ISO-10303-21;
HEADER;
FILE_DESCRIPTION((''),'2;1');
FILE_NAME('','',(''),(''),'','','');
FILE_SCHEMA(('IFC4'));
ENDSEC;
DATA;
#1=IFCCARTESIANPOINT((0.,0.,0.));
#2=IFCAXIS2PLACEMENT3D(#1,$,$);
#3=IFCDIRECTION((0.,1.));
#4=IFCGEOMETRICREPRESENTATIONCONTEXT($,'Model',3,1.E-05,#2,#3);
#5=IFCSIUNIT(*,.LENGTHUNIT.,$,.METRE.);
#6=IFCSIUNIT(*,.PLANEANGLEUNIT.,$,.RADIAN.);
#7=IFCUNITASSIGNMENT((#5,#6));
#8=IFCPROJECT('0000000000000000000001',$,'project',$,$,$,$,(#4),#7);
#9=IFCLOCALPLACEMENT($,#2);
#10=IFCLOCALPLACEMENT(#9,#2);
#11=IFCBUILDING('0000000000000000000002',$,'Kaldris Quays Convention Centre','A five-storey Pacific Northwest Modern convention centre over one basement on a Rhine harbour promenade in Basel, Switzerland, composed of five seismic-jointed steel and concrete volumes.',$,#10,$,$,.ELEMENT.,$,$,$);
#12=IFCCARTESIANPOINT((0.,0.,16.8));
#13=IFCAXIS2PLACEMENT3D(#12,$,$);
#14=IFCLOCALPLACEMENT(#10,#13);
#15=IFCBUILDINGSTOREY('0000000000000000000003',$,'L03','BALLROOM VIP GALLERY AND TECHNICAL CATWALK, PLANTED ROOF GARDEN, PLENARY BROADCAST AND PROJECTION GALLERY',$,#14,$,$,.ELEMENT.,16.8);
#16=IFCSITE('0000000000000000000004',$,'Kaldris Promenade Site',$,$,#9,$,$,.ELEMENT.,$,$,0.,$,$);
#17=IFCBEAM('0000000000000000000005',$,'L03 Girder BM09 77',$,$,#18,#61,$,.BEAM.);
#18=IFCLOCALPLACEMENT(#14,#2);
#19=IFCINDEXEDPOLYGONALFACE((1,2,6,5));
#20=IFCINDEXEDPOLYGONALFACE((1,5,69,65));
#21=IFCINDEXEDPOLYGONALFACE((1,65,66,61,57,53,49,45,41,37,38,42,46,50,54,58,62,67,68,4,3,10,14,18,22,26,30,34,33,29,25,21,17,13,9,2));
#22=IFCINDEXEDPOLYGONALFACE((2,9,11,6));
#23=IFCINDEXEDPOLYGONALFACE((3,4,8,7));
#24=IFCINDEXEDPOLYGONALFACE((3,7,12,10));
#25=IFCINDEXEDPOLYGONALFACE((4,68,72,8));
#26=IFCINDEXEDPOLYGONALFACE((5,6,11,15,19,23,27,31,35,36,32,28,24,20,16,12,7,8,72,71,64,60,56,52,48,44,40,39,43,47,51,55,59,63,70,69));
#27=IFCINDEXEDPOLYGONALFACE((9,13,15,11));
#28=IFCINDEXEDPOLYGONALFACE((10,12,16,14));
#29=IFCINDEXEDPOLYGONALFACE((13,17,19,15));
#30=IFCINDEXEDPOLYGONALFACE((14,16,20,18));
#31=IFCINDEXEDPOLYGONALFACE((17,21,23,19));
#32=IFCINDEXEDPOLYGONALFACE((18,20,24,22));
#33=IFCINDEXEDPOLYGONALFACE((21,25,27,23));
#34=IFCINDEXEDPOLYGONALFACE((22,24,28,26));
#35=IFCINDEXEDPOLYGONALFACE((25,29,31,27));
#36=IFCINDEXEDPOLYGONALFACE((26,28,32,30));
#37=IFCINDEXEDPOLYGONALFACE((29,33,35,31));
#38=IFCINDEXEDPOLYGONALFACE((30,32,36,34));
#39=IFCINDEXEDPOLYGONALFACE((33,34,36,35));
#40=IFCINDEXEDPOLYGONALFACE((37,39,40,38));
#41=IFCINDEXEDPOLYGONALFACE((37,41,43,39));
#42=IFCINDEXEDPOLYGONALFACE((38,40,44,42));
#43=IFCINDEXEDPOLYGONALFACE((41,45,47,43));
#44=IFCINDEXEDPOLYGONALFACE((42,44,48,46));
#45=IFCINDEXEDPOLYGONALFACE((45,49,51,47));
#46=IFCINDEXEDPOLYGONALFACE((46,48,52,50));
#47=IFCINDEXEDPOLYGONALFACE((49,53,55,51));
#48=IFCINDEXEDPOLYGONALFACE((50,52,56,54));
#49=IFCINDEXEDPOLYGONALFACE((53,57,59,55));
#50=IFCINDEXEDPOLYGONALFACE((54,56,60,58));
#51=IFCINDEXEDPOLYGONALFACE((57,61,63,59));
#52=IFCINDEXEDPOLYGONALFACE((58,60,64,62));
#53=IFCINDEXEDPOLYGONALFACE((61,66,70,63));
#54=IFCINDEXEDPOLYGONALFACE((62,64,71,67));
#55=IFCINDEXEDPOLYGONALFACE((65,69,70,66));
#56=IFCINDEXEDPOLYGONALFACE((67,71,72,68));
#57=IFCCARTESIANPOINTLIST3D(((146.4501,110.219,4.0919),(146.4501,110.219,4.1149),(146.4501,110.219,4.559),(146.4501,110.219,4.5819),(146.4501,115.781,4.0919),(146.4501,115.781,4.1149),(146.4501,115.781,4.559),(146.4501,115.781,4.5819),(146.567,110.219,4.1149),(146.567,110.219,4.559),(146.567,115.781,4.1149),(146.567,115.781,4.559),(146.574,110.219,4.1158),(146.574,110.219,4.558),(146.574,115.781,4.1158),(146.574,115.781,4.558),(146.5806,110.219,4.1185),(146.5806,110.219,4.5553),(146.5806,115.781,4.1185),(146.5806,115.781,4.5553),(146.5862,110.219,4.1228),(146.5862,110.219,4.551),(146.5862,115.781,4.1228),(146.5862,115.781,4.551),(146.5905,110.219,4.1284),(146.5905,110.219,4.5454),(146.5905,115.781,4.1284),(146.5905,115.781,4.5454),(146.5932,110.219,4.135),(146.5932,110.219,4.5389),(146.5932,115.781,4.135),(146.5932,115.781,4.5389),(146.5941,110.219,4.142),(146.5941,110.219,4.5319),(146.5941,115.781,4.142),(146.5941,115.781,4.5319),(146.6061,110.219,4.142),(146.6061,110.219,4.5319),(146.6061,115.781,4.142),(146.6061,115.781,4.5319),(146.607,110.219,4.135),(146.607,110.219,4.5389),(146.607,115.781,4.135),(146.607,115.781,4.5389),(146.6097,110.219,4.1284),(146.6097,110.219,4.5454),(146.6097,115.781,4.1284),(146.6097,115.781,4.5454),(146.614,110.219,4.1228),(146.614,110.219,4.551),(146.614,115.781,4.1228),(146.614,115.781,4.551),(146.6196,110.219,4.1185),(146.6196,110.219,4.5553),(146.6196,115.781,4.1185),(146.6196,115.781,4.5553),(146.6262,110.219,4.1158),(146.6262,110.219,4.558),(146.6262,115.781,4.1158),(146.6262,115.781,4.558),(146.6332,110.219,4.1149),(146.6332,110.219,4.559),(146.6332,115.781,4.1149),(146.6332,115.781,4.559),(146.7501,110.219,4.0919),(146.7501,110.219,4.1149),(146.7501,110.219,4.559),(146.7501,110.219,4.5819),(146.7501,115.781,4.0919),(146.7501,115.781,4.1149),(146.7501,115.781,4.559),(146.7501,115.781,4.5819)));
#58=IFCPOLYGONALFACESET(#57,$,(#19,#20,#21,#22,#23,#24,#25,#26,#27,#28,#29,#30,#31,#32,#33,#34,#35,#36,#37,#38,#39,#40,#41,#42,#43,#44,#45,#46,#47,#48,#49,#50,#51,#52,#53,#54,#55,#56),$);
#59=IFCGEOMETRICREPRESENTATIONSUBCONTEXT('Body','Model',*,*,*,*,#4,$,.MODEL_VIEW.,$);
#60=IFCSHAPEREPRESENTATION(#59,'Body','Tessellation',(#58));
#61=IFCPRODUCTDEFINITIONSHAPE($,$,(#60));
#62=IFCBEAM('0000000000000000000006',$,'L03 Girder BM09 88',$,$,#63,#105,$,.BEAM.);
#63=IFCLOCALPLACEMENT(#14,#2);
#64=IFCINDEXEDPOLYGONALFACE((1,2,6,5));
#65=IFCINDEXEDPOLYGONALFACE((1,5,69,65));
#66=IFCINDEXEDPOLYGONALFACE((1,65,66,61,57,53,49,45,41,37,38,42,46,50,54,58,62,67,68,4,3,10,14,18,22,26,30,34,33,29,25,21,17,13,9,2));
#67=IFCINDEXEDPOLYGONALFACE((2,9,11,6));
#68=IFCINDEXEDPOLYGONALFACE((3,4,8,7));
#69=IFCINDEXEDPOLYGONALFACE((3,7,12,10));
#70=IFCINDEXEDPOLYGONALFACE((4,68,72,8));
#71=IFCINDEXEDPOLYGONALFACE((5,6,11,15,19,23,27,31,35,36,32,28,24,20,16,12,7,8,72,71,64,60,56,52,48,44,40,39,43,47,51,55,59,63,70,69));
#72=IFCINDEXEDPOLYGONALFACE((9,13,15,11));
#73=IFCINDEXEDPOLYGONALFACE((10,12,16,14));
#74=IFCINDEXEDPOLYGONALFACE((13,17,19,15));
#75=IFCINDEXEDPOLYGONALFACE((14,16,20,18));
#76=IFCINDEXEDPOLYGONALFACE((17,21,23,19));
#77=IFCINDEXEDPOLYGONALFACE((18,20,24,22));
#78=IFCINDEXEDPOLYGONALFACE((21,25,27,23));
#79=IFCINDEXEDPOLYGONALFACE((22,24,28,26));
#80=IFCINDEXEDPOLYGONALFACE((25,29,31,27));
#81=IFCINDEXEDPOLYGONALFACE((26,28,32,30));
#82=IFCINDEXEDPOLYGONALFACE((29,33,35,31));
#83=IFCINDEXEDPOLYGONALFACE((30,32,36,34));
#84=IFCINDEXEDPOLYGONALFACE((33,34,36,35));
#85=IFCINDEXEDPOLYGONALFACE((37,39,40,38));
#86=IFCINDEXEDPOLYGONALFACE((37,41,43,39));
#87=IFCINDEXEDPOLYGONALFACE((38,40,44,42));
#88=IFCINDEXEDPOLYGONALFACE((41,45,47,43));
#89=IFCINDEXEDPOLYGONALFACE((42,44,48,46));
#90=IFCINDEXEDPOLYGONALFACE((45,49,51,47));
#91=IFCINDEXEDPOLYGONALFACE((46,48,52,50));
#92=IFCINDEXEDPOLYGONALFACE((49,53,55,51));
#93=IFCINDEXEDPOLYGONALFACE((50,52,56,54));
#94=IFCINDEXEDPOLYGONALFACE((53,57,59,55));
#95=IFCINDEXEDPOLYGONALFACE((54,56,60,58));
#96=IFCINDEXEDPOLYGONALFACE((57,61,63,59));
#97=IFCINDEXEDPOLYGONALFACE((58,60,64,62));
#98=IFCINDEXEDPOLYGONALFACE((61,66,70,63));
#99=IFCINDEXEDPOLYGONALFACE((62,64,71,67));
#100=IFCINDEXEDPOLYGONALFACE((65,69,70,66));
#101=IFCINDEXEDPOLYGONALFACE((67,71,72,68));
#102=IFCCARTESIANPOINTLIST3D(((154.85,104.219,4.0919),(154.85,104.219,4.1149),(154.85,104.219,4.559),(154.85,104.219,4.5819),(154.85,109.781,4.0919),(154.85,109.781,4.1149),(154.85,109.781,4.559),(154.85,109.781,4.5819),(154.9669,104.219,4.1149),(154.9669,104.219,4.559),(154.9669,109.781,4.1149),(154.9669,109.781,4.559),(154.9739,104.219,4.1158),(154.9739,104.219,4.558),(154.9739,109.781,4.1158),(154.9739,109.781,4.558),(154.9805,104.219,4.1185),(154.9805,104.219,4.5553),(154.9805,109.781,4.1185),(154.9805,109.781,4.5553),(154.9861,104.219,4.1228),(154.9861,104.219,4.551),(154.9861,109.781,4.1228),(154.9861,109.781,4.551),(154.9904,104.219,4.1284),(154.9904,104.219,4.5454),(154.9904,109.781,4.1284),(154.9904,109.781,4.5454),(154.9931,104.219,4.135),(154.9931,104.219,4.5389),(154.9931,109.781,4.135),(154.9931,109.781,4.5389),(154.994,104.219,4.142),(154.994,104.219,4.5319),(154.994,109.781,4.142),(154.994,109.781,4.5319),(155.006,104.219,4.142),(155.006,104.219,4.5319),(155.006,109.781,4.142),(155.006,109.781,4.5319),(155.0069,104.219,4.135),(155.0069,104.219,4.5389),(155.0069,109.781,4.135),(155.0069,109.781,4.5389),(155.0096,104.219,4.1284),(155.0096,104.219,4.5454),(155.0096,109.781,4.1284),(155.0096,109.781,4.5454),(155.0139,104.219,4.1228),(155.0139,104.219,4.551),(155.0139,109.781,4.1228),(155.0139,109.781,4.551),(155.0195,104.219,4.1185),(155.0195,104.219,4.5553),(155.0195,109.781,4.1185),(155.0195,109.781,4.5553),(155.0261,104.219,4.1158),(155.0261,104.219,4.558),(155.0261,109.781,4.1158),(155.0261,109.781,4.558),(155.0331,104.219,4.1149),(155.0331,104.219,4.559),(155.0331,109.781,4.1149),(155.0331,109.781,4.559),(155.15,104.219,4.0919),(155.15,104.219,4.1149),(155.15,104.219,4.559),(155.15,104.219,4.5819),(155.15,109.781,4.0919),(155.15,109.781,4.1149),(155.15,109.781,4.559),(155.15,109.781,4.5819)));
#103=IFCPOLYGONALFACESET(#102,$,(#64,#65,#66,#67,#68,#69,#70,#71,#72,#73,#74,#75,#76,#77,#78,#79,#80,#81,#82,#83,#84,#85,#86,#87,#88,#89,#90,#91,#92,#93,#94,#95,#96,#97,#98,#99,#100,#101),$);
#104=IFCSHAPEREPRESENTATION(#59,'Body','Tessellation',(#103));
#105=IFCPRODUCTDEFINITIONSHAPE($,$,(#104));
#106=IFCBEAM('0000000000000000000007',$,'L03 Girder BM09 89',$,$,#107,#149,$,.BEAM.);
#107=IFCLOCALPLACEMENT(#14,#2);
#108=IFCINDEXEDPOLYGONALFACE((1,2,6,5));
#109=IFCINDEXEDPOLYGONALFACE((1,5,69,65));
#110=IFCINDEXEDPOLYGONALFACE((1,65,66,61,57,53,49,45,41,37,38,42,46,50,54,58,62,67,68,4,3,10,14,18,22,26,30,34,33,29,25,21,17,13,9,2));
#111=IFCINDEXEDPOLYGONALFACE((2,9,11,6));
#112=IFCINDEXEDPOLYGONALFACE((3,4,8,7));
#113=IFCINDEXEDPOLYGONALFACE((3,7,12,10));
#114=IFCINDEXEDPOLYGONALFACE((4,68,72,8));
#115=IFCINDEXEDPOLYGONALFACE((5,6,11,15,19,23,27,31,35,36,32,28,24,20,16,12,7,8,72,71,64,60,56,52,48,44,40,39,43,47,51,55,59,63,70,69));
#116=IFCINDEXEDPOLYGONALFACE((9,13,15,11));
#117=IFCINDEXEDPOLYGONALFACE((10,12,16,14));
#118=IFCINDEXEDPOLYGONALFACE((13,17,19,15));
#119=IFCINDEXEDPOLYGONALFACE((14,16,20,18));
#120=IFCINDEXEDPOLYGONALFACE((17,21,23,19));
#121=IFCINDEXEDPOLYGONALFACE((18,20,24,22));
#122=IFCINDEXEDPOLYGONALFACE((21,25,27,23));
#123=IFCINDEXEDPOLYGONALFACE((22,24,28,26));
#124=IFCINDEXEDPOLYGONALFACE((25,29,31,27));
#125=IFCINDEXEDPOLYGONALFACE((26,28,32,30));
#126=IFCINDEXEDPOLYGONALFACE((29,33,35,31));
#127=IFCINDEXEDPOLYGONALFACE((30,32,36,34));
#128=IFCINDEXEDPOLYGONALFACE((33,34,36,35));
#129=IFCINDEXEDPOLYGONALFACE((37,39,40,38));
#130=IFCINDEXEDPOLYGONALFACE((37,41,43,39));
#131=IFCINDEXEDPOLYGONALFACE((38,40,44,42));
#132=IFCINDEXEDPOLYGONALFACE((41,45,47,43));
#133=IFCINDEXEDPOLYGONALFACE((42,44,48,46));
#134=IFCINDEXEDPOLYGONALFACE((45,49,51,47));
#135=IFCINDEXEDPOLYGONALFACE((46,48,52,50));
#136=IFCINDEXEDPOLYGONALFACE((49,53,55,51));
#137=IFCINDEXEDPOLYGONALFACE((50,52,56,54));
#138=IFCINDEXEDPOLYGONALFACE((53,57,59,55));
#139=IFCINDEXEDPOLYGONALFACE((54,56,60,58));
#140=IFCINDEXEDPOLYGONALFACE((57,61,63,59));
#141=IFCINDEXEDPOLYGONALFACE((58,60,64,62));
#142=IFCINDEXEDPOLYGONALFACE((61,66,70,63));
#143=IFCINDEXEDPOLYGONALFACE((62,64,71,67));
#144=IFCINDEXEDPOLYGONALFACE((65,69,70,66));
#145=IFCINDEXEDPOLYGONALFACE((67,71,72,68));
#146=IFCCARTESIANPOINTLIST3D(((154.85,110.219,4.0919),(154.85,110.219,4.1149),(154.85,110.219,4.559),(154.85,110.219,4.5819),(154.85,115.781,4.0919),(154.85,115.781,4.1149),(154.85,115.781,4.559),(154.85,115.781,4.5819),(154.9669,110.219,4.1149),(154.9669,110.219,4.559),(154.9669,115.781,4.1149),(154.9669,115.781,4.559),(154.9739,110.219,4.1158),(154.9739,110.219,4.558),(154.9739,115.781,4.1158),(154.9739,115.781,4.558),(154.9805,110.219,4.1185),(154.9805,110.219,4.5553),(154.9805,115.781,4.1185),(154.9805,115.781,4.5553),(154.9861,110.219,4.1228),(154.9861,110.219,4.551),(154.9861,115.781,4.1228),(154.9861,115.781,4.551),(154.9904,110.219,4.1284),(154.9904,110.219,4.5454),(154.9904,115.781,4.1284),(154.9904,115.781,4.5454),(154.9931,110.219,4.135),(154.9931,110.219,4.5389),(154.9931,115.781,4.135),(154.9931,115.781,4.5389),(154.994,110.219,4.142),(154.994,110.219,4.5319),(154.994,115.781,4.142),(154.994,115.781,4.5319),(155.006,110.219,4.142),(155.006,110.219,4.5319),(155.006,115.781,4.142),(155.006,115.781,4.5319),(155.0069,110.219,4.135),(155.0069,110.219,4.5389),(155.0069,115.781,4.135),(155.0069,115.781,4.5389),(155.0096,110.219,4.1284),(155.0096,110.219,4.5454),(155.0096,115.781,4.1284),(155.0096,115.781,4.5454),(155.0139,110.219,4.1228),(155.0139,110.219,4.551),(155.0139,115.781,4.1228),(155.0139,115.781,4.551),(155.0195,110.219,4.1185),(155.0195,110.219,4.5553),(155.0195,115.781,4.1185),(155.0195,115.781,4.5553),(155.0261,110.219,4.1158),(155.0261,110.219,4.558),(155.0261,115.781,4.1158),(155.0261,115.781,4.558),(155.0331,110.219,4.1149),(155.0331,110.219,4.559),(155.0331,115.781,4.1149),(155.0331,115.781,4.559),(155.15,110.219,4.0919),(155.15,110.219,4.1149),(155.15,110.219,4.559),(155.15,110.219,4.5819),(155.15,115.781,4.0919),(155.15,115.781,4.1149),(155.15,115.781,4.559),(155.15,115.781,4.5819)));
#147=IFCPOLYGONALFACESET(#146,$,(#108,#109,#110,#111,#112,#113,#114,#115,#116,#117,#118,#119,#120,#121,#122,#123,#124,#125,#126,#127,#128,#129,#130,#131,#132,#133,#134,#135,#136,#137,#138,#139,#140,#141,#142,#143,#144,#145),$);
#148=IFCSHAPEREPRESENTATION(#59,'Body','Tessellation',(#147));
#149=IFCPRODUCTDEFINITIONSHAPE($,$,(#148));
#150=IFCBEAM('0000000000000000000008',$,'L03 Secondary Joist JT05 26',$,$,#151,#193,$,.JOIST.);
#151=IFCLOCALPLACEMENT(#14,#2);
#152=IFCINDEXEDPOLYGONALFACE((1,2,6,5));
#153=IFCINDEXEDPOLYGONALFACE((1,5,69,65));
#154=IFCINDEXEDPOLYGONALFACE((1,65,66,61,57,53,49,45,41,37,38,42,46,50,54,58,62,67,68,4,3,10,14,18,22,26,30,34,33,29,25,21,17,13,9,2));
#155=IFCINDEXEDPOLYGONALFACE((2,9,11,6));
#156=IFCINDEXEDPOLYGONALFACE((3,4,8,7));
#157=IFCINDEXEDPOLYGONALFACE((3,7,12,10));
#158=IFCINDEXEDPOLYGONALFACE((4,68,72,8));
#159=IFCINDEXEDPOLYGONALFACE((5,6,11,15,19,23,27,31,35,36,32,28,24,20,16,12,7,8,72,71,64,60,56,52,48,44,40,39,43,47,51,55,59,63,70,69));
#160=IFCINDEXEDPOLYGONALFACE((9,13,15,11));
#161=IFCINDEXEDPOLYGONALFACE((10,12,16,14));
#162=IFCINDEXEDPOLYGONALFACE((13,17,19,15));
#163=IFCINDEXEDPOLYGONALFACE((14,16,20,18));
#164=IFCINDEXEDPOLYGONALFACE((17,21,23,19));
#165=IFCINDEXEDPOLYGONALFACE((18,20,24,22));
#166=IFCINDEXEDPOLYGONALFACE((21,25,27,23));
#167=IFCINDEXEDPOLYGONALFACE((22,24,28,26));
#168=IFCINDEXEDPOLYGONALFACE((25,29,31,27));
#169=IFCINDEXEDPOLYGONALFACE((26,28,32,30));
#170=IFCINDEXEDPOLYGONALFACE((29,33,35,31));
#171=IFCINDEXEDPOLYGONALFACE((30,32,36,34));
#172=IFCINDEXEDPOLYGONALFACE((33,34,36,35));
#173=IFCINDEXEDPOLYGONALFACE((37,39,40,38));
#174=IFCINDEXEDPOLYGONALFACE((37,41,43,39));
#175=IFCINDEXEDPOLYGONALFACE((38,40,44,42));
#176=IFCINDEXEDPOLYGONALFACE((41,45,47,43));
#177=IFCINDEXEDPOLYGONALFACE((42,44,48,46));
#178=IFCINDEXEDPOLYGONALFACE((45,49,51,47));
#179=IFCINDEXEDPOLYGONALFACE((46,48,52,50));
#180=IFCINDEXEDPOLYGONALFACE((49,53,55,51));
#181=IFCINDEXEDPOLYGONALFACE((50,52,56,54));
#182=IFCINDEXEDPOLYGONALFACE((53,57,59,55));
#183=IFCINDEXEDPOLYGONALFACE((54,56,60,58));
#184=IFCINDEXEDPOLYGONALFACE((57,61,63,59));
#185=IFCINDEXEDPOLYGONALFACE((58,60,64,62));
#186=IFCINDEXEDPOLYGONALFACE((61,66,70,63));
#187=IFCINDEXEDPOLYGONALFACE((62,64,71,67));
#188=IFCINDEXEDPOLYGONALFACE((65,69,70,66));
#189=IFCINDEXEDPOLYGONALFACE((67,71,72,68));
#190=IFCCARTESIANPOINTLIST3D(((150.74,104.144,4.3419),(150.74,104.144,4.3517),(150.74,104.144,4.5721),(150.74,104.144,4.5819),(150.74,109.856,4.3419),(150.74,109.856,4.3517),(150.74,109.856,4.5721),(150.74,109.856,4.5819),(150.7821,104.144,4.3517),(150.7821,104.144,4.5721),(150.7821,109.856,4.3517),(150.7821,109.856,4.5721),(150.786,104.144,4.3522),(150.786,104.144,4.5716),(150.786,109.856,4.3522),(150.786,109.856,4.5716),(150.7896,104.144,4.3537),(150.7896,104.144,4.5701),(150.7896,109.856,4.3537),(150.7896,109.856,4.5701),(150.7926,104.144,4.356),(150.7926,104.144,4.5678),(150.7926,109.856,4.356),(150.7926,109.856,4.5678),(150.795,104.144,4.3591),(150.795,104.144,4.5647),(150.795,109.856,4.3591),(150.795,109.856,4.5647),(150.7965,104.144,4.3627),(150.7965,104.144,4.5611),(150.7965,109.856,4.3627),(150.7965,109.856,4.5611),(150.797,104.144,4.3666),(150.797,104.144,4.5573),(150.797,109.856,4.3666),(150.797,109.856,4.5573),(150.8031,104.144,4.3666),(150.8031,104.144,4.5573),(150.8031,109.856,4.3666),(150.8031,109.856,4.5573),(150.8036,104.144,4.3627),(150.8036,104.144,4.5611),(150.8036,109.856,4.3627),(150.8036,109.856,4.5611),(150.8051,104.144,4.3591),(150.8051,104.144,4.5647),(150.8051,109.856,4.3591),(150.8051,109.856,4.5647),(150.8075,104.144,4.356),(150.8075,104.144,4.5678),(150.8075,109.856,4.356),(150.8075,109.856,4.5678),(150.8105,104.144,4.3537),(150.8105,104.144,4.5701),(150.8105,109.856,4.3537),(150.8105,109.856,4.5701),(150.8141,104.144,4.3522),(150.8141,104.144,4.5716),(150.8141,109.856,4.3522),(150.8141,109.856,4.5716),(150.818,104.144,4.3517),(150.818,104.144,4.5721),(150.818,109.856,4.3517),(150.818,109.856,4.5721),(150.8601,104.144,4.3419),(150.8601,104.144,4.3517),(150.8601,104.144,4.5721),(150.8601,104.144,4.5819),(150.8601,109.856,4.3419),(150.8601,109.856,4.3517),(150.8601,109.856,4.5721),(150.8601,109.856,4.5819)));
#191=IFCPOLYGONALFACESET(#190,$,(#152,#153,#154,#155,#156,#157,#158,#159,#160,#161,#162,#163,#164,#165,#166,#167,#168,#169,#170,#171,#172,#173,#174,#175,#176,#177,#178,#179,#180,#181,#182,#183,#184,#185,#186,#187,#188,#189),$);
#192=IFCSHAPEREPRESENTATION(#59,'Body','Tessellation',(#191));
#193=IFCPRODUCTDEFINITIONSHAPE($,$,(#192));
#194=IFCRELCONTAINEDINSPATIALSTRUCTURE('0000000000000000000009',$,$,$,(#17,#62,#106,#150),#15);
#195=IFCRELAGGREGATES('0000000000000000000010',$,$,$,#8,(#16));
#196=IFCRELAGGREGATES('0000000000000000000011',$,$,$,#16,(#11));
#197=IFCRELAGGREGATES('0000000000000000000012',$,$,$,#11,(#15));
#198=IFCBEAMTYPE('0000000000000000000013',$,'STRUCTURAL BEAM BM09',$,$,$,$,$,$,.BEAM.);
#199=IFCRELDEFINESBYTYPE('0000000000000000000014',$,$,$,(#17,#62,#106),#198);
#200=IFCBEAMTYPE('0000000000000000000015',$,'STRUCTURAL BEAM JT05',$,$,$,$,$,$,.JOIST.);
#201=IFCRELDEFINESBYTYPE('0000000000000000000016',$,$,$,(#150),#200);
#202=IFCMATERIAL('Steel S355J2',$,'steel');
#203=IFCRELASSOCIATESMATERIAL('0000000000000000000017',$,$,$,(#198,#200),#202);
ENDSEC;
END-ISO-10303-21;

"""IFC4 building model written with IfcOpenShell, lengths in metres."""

from ifc_helpers import new_model, si_unit, direction, frame, origin, origin_2d, place, context, subcontext, project, spatial, i_section, extrude, material, material_profile, profile_set, type_object, element, save


model = new_model("IFC4")

# Units and contexts
model_context = context("Model", 3, precision=1e-05, world=origin(), true_north=direction((0.0, 1.0)))
body_context = subcontext(model_context, "Body", "Model", "MODEL_VIEW")
ifc_project = project(units=[si_unit("LENGTHUNIT", "METRE"), si_unit("PLANEANGLEUNIT", "RADIAN")], contexts=[model_context])

# Site, building, storey
site_placement = place(None, origin())
site = spatial("IfcSite", under=ifc_project, at=site_placement, Name="Kaldris Promenade Site", CompositionType="ELEMENT", RefElevation=0.0)
building_placement = place(site_placement, origin())
building = spatial("IfcBuilding", under=site, at=building_placement, Name="Kaldris Quays Convention Centre", Description="A five-storey Pacific Northwest Modern convention centre over one basement on a Rhine harbour promenade in Basel, Switzerland, composed of five seismic-jointed steel and concrete volumes.", CompositionType="ELEMENT")
storey_placement = place(building_placement, frame((0.0, 0.0, 16.8)))
storey = spatial("IfcBuildingStorey", under=building, at=storey_placement, Name="L03", Description="BALLROOM VIP GALLERY AND TECHNICAL CATWALK, PLANTED ROOF GARDEN, PLENARY BROADCAST AND PROJECTION GALLERY", CompositionType="ELEMENT", Elevation=16.8)

# Shared definitions
ifc_material_1 = material(Name="Steel S355J2", Category="steel")

# Beams
ifc_material_profile_1 = material_profile(ifc_material_1, i_section(OverallWidth=0.3, OverallDepth=0.49, WebThickness=0.012, FlangeThickness=0.0229, FilletRadius=0.0271, at=origin_2d()), Name="HEA 500")
ifc_profile_set_1 = profile_set([ifc_material_profile_1], Name="Steel S355J2")
beam_type_1 = type_object("IfcBeamType", Name="STRUCTURAL BEAM BM09", PredefinedType="BEAM", material=ifc_profile_set_1)
for number, where, z_axis, x_axis, name in (
    (1, (146.6001, 110.219, 4.3369), (0.0, 1.0, 0.0), (-1.0, 0.0, 0.0), "L03 Girder BM09 77"),
    (2, (155.0, 104.219, 4.3369), (0.0, 1.0, 0.0), (-1.0, 0.0, 0.0), "L03 Girder BM09 88"),
    (3, (155.0, 110.219, 4.3369), (0.0, 1.0, 0.0), (-1.0, 0.0, 0.0), "L03 Girder BM09 89"),
):
    element("IfcBeam", number, at=place(storey_placement, frame(where, z_axis=z_axis, x_axis=x_axis)), inside=storey, type_object=beam_type_1, Name=name, PredefinedType="BEAM", context=body_context, shape_type="SweptSolid", body=[
        extrude(i_section(OverallWidth=0.3, OverallDepth=0.49, WebThickness=0.012, FlangeThickness=0.0229, FilletRadius=0.0271, at=origin_2d()), origin(), (0.0, 0.0, 1.0), 5.562),
    ])
ifc_material_profile_2 = material_profile(ifc_material_1, i_section(OverallWidth=0.1201, OverallDepth=0.24, WebThickness=0.0061, FlangeThickness=0.0098, FilletRadius=0.0149, at=origin_2d()), Name="IPE 240")
ifc_profile_set_2 = profile_set([ifc_material_profile_2], Name="Steel S355J2")
beam_type_2 = type_object("IfcBeamType", Name="STRUCTURAL BEAM JT05", PredefinedType="JOIST", material=ifc_profile_set_2)
for number, where, z_axis, x_axis, name in (
    (4, (150.8, 104.144, 4.4619), (0.0, 1.0, 0.0), (-1.0, 0.0, 0.0), "L03 Secondary Joist JT05 26"),
):
    element("IfcBeam", number, at=place(storey_placement, frame(where, z_axis=z_axis, x_axis=x_axis)), inside=storey, type_object=beam_type_2, Name=name, PredefinedType="JOIST", context=body_context, shape_type="SweptSolid", body=[
        extrude(i_section(OverallWidth=0.1201, OverallDepth=0.24, WebThickness=0.0061, FlangeThickness=0.0098, FilletRadius=0.0149, at=origin_2d()), origin(), (0.0, 0.0, 1.0), 5.7119),
    ])

save(model, "model.ifc")
